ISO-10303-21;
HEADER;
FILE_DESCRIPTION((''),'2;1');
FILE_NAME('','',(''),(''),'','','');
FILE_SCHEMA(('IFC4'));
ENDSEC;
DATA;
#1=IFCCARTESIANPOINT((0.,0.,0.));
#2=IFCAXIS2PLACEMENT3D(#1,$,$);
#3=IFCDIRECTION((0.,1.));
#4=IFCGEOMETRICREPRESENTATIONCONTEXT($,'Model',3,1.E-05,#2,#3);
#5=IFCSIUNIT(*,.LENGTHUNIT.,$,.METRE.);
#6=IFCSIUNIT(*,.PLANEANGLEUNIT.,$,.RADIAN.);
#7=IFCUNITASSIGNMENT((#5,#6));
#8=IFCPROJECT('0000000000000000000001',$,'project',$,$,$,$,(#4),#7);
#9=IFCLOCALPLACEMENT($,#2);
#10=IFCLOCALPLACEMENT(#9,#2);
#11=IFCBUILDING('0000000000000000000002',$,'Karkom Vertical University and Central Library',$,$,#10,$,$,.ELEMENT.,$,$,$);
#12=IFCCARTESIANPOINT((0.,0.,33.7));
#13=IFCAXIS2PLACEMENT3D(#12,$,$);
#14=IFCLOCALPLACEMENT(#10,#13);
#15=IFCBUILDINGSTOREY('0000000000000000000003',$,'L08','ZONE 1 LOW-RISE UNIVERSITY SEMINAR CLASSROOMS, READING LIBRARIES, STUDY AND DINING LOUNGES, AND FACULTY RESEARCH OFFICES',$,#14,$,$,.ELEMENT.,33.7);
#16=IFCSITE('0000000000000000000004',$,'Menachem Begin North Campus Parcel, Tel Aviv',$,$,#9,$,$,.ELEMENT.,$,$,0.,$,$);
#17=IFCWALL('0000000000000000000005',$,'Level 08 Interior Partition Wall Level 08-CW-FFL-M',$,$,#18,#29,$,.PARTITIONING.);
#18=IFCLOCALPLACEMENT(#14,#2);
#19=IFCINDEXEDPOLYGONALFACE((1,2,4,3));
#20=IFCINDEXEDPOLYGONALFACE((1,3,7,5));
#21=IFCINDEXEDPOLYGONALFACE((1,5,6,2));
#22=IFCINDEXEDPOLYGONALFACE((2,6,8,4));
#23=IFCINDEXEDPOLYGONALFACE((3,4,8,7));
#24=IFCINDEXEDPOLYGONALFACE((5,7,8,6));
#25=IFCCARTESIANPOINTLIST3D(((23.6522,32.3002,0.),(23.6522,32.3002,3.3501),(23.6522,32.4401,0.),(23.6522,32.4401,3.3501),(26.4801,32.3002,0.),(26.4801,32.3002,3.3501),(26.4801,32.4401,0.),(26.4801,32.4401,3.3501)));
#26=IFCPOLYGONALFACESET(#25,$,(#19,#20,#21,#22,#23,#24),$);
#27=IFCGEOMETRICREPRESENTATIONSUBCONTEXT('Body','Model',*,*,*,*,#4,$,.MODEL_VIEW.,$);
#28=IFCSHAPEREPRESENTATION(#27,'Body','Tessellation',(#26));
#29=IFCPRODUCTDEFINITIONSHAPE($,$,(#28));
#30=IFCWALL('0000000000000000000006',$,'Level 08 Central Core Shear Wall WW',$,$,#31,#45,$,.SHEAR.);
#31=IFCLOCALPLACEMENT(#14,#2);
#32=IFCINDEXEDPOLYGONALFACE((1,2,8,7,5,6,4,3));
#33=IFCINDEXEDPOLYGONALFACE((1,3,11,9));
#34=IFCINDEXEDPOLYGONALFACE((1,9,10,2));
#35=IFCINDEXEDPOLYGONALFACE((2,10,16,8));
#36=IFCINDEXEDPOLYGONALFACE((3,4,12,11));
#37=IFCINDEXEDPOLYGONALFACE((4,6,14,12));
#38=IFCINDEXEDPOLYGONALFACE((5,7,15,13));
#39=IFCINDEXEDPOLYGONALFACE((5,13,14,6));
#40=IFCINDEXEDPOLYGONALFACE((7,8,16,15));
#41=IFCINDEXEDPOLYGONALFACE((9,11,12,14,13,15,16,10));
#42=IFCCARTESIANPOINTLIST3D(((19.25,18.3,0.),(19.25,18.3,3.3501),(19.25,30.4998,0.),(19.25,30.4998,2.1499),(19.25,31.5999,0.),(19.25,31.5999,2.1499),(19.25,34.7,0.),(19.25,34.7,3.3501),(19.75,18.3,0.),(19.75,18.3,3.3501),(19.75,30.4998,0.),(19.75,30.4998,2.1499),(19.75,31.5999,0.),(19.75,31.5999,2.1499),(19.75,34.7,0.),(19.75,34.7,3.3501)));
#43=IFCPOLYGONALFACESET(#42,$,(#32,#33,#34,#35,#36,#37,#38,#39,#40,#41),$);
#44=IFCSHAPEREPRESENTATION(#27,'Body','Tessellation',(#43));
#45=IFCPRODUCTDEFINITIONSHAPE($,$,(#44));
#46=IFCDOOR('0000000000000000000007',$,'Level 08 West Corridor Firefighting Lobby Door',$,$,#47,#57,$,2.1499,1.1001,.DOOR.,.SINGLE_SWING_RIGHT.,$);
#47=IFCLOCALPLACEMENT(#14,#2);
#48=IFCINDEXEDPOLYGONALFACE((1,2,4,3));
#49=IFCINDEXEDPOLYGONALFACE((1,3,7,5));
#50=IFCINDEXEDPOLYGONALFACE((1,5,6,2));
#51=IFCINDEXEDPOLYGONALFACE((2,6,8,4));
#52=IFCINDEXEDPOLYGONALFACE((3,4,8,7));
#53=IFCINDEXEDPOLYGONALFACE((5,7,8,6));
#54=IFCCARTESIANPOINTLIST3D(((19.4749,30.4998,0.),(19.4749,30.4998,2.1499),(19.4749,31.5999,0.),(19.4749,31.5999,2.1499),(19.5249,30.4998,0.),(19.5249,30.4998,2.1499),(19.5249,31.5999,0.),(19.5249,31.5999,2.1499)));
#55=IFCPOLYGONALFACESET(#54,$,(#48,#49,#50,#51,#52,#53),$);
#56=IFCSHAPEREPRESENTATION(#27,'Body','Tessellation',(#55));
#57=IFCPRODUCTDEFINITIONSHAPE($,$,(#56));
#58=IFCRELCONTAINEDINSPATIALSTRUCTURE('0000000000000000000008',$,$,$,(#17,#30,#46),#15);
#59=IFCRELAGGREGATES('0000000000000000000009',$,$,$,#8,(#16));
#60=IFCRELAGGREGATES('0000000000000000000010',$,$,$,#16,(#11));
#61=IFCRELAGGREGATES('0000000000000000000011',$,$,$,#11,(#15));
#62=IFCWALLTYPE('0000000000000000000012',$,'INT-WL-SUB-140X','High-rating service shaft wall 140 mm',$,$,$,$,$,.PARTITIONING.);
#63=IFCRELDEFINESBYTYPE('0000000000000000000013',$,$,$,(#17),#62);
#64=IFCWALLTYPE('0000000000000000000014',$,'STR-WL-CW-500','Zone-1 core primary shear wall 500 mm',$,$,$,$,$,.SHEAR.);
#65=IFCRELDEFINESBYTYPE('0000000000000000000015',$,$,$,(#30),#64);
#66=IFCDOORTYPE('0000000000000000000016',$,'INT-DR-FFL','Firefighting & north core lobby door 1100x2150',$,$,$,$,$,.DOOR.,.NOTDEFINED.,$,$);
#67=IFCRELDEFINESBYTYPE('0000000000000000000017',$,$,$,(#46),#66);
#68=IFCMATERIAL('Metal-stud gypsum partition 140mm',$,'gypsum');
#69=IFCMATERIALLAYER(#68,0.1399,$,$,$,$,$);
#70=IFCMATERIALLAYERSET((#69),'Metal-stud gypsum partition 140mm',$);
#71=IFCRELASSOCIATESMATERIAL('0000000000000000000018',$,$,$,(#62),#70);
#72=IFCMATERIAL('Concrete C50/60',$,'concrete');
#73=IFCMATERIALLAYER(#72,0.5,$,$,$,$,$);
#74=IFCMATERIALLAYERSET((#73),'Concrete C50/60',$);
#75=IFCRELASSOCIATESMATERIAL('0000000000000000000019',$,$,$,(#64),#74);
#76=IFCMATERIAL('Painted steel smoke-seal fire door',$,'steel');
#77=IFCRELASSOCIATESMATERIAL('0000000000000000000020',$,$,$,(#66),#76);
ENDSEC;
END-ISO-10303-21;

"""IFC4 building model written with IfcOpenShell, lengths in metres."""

from ifc_helpers import new_model, si_unit, direction, frame, frame_2d, origin, origin_with_axes, place, context, subcontext, project, spatial, rectangle, extrude, source, transform, mapped, material, layer, layer_set, type_object, element, fill, save


model = new_model("IFC4")

# Units and contexts
model_context = context("Model", 3, precision=1e-05, world=origin(), true_north=direction((0.0, 1.0)))
body_context = subcontext(model_context, "Body", "Model", "MODEL_VIEW")
ifc_project = project(units=[si_unit("LENGTHUNIT", "METRE"), si_unit("PLANEANGLEUNIT", "RADIAN")], contexts=[model_context])

# Site, building, storey
site_placement = place(None, origin())
site = spatial("IfcSite", under=ifc_project, at=site_placement, Name="Menachem Begin North Campus Parcel, Tel Aviv", CompositionType="ELEMENT", RefElevation=0.0)
building_placement = place(site_placement, origin())
building = spatial("IfcBuilding", under=site, at=building_placement, Name="Karkom Vertical University and Central Library", CompositionType="ELEMENT")
storey_placement = place(building_placement, frame((0.0, 0.0, 33.7)))
storey = spatial("IfcBuildingStorey", under=building, at=storey_placement, Name="L08", Description="ZONE 1 LOW-RISE UNIVERSITY SEMINAR CLASSROOMS, READING LIBRARIES, STUDY AND DINING LOUNGES, AND FACULTY RESEARCH OFFICES", CompositionType="ELEMENT", Elevation=33.7)

# Shared definitions
ifc_material_1 = material(Name="Concrete C50/60", Category="concrete")

# Wall
ifc_material_2 = material(Name="Metal-stud gypsum partition 140mm", Category="gypsum")
ifc_layer_1 = layer(ifc_material_2, 0.1399)
ifc_layer_set_1 = layer_set([ifc_layer_1], Name="Metal-stud gypsum partition 140mm")
wall_type_1 = type_object("IfcWallType", Name="INT-WL-SUB-140X", Description="High-rating service shaft wall 140 mm", PredefinedType="PARTITIONING", material=ifc_layer_set_1)
wall_1_placement = place(storey_placement, frame((23.6521, 32.3701, 0.0), z_axis=(0.0, 0.0, 1.0), x_axis=(1.0, 0.0, 0.0)))
element("IfcWall", 1, at=wall_1_placement, inside=storey, type_object=wall_type_1, Name="Level 08 Interior Partition Wall Level 08-CW-FFL-M", PredefinedType="PARTITIONING", context=body_context, shape_type="SweptSolid", body=[
    extrude(rectangle(XDim=2.8279, YDim=0.1399, at=frame_2d((1.4141, 0.0))), origin(), (0.0, 0.0, 1.0), 3.3501),
])

# Wall, opening, door
ifc_layer_2 = layer(ifc_material_1, 0.5)
ifc_layer_set_2 = layer_set([ifc_layer_2], Name="Concrete C50/60")
wall_type_2 = type_object("IfcWallType", Name="STR-WL-CW-500", Description="Zone-1 core primary shear wall 500 mm", PredefinedType="SHEAR", material=ifc_layer_set_2)
ifc_material_3 = material(Name="Painted steel smoke-seal fire door", Category="steel")
door_type = type_object("IfcDoorType", Name="INT-DR-FFL", Description="Firefighting & north core lobby door 1100x2150", OperationType="NOTDEFINED", PredefinedType="DOOR", material=ifc_material_3)
shared_shape_1 = source(origin_with_axes(), body_context, "Body", "SweptSolid", [
    extrude(rectangle(XDim=1.1001, YDim=2.1499, at=frame_2d((0.55, 1.075))), frame((0.0, 0.0249, 0.0), z_axis=(0.0, -1.0, 0.0), x_axis=(1.0, 0.0, 0.0)), (0.0, 0.0, 1.0), 0.05),
])
wall_2_placement = place(storey_placement, frame((19.5, 34.7, 0.0), z_axis=(0.0, 0.0, 1.0), x_axis=(0.0, -1.0, 0.0)))
wall_2 = element("IfcWall", 2, at=wall_2_placement, inside=storey, type_object=wall_type_2, Name="Level 08 Central Core Shear Wall WW", PredefinedType="SHEAR", context=body_context, shape_type="SweptSolid", body=[
    extrude(rectangle(XDim=16.3999, YDim=0.5, at=frame_2d((8.2, 0.0))), origin(), (0.0, 0.0, 1.0), 3.3501),
])
opening_1_placement = place(wall_2_placement, frame((3.1001, 0.0, 0.0)))
opening_1 = element("IfcOpeningElement", 3, at=opening_1_placement, cuts=wall_2, PredefinedType="OPENING", context=body_context, shape_type="SweptSolid", body=[
    extrude(rectangle(XDim=1.1001, YDim=2.1499, at=frame_2d((0.55, 1.075))), frame((0.0, 0.26, 0.0), z_axis=(0.0, -1.0, 0.0), x_axis=(1.0, 0.0, 0.0)), (0.0, 0.0, 1.0), 0.52),
])
door_1_placement = place(opening_1_placement, origin())
door_1 = element("IfcDoor", 4, at=door_1_placement, inside=storey, type_object=door_type, Name="Level 08 West Corridor Firefighting Lobby Door", OperationType="SINGLE_SWING_RIGHT", OverallHeight=2.1499, OverallWidth=1.1001, PredefinedType="DOOR", context=body_context, shape_type="MappedRepresentation", body=[
    mapped(shared_shape_1, transform((0.0, 0.0, 0.0), scale=1.0)),
])
fill(opening_1, door_1)

save(model, "model.ifc")
